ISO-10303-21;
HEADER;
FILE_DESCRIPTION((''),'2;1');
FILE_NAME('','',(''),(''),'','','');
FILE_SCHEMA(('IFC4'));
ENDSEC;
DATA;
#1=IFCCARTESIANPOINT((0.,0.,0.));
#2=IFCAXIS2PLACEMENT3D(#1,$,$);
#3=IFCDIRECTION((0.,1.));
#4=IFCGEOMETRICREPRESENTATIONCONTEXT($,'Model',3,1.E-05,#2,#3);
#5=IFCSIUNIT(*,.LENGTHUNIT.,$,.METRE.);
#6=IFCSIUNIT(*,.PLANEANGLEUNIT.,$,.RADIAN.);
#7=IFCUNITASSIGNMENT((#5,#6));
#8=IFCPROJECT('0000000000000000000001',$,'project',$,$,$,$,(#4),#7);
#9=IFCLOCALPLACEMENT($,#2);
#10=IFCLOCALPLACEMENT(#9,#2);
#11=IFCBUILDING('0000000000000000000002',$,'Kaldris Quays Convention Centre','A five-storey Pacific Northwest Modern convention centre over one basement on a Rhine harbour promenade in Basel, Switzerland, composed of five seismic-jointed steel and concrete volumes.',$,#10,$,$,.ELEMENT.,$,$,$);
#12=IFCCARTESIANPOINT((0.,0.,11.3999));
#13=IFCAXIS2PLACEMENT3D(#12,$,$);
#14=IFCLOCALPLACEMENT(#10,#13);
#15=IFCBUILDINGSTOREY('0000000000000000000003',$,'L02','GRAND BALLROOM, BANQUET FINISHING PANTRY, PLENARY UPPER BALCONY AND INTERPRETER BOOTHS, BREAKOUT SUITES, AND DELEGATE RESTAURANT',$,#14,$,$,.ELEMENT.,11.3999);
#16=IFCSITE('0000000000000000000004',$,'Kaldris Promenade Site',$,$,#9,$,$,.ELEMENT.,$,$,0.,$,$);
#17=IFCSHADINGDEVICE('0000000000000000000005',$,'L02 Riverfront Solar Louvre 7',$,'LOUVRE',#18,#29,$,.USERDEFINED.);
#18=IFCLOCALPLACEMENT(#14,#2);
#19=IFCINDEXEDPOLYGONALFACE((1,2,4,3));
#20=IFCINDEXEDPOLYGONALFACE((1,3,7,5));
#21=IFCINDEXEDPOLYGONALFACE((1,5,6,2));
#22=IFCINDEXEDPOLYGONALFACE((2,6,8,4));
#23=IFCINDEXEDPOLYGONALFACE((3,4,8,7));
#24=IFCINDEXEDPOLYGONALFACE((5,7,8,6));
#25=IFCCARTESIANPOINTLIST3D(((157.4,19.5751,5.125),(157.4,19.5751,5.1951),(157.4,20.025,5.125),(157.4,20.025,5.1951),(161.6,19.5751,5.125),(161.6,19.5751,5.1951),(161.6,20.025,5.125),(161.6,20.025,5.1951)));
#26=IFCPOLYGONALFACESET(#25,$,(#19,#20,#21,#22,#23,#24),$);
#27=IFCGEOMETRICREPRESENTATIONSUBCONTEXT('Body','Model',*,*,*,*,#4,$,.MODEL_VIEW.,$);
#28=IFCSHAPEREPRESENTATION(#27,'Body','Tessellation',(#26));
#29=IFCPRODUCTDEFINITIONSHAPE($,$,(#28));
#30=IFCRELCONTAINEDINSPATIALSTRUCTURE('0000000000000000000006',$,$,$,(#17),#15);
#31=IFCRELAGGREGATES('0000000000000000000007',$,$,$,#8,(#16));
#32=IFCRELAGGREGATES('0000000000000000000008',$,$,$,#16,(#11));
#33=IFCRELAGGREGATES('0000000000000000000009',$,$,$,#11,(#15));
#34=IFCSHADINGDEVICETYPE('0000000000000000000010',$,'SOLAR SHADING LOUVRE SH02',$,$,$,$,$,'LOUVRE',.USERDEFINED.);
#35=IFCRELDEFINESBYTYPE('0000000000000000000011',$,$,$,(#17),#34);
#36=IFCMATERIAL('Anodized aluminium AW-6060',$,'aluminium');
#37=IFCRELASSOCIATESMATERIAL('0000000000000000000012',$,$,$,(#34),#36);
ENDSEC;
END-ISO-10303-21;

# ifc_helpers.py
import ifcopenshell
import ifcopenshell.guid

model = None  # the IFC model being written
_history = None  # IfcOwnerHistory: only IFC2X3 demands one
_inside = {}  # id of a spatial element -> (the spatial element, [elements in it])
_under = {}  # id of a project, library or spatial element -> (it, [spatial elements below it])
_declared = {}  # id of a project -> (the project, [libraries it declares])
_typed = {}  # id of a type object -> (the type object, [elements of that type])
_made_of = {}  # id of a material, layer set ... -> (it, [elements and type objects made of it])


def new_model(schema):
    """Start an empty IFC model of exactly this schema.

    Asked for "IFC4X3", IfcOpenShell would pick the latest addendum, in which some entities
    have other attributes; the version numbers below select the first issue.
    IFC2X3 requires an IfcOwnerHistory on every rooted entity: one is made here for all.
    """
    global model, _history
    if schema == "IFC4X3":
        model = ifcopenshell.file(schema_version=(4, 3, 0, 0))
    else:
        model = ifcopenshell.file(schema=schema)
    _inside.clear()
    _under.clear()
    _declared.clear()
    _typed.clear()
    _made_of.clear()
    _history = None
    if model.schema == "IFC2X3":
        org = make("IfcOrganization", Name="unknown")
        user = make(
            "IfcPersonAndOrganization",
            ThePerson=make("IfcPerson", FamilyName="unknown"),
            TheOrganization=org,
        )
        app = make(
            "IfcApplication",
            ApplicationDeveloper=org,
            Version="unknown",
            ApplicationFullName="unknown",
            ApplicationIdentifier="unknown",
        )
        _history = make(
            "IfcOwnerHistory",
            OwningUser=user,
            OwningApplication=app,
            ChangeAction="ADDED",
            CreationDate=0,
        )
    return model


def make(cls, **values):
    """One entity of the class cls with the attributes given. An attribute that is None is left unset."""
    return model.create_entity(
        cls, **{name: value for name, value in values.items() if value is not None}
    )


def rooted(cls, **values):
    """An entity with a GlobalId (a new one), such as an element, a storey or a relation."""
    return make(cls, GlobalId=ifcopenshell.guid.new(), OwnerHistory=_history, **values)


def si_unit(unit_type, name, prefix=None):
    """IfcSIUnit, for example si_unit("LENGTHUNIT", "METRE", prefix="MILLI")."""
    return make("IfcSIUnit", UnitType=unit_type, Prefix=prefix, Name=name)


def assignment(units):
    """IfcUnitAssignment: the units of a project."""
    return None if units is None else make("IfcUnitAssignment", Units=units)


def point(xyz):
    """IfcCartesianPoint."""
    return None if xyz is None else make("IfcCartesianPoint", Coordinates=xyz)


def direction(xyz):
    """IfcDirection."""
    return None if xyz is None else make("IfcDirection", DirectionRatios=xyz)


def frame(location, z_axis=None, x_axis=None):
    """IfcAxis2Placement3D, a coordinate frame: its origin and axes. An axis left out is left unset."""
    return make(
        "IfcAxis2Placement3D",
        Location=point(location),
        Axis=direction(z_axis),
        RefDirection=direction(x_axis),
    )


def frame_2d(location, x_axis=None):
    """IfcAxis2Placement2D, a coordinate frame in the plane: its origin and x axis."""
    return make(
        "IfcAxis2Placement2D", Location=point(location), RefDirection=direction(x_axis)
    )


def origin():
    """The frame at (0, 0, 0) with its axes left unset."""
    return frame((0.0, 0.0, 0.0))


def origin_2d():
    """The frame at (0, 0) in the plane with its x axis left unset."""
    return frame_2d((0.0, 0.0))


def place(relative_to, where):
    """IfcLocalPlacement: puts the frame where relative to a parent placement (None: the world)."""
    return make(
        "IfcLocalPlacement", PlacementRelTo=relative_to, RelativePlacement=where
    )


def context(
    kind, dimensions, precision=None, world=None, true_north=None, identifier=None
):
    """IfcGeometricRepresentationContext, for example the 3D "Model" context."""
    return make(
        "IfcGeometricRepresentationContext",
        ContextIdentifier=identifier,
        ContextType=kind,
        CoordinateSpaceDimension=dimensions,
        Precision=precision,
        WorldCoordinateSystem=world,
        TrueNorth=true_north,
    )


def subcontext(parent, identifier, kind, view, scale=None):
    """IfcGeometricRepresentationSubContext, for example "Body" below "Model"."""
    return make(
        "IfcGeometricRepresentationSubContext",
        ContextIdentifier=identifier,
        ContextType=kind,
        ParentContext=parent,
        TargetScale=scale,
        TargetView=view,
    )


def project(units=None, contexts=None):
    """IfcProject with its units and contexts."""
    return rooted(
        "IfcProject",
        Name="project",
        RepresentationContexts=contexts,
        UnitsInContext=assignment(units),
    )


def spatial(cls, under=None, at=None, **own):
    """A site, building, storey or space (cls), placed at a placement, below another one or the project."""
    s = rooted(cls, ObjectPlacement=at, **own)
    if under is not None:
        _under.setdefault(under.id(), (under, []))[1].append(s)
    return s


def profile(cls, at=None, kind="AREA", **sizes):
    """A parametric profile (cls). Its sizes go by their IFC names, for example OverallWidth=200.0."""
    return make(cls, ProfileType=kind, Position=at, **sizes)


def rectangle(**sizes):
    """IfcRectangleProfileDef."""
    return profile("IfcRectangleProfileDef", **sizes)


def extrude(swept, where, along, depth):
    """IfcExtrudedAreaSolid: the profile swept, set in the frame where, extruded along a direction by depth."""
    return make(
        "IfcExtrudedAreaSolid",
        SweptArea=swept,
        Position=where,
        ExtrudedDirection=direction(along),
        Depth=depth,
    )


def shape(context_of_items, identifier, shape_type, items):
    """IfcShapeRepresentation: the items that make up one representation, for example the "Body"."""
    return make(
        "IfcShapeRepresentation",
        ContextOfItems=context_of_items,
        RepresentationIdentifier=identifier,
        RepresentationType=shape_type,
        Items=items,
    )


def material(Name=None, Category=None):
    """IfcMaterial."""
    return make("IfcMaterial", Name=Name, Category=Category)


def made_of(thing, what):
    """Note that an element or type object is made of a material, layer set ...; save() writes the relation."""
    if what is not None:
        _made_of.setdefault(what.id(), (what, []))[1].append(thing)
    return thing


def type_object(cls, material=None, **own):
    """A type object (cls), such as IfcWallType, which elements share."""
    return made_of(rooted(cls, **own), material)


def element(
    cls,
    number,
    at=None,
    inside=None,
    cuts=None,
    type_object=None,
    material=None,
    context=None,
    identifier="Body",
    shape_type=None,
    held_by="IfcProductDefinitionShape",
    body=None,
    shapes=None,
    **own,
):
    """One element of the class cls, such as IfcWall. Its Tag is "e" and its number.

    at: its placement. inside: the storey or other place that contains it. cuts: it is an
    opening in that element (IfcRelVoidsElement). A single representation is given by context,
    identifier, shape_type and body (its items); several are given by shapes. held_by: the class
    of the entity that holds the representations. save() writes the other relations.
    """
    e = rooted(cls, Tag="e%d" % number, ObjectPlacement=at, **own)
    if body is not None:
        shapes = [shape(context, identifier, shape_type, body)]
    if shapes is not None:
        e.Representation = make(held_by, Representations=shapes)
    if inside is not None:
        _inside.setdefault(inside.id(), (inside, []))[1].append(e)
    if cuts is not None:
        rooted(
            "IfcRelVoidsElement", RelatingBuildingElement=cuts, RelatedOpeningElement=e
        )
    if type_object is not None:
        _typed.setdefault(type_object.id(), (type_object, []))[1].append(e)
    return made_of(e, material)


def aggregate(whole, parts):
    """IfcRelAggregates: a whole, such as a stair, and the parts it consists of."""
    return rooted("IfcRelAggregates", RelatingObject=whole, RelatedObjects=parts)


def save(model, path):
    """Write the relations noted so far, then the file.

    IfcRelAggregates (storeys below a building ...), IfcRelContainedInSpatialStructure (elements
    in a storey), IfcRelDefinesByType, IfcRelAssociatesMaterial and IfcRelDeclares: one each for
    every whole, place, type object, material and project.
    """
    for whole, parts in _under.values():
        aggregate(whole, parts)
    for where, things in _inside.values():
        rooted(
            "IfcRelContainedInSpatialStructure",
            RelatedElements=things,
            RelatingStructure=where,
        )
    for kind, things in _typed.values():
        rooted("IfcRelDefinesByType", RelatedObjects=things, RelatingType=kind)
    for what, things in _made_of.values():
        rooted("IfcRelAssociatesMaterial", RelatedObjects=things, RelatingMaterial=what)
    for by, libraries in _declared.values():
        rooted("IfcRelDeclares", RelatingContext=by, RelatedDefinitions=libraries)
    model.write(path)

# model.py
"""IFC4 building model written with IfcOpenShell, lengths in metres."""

from ifc_helpers import new_model, si_unit, direction, frame, origin, origin_2d, place, context, subcontext, project, spatial, rectangle, extrude, material, type_object, element, save


model = new_model("IFC4")

# Units and contexts
model_context = context("Model", 3, precision=1e-05, world=origin(), true_north=direction((0.0, 1.0)))
body_context = subcontext(model_context, "Body", "Model", "MODEL_VIEW")
ifc_project = project(units=[si_unit("LENGTHUNIT", "METRE"), si_unit("PLANEANGLEUNIT", "RADIAN")], contexts=[model_context])

# Site, building, storey
site_placement = place(None, origin())
site = spatial("IfcSite", under=ifc_project, at=site_placement, Name="Kaldris Promenade Site", CompositionType="ELEMENT", RefElevation=0.0)
building_placement = place(site_placement, origin())
building = spatial("IfcBuilding", under=site, at=building_placement, Name="Kaldris Quays Convention Centre", Description="A five-storey Pacific Northwest Modern convention centre over one basement on a Rhine harbour promenade in Basel, Switzerland, composed of five seismic-jointed steel and concrete volumes.", CompositionType="ELEMENT")
storey_placement = place(building_placement, frame((0.0, 0.0, 11.3999)))
storey = spatial("IfcBuildingStorey", under=building, at=storey_placement, Name="L02", Description="GRAND BALLROOM, BANQUET FINISHING PANTRY, PLENARY UPPER BALCONY AND INTERPRETER BOOTHS, BREAKOUT SUITES, AND DELEGATE RESTAURANT", CompositionType="ELEMENT", Elevation=11.3999)

# Shared definitions
ifc_material_1 = material(Name="Anodized aluminium AW-6060", Category="aluminium")

# Shading device
shading_device_type = type_object("IfcShadingDeviceType", Name="SOLAR SHADING LOUVRE SH02", ElementType="LOUVRE", PredefinedType="USERDEFINED", material=ifc_material_1)
shading_device_placement = place(storey_placement, frame((159.5, 19.8, 5.125), z_axis=(0.0, 0.0, 1.0), x_axis=(1.0, 0.0, 0.0)))
element("IfcShadingDevice", 1, at=shading_device_placement, inside=storey, type_object=shading_device_type, Name="L02 Riverfront Solar Louvre 7", ObjectType="LOUVRE", PredefinedType="USERDEFINED", context=body_context, shape_type="SweptSolid", body=[
    extrude(rectangle(XDim=4.2, YDim=0.45, at=origin_2d()), origin(), (0.0, 0.0, 1.0), 0.0701),
])

save(model, "model.ifc")
